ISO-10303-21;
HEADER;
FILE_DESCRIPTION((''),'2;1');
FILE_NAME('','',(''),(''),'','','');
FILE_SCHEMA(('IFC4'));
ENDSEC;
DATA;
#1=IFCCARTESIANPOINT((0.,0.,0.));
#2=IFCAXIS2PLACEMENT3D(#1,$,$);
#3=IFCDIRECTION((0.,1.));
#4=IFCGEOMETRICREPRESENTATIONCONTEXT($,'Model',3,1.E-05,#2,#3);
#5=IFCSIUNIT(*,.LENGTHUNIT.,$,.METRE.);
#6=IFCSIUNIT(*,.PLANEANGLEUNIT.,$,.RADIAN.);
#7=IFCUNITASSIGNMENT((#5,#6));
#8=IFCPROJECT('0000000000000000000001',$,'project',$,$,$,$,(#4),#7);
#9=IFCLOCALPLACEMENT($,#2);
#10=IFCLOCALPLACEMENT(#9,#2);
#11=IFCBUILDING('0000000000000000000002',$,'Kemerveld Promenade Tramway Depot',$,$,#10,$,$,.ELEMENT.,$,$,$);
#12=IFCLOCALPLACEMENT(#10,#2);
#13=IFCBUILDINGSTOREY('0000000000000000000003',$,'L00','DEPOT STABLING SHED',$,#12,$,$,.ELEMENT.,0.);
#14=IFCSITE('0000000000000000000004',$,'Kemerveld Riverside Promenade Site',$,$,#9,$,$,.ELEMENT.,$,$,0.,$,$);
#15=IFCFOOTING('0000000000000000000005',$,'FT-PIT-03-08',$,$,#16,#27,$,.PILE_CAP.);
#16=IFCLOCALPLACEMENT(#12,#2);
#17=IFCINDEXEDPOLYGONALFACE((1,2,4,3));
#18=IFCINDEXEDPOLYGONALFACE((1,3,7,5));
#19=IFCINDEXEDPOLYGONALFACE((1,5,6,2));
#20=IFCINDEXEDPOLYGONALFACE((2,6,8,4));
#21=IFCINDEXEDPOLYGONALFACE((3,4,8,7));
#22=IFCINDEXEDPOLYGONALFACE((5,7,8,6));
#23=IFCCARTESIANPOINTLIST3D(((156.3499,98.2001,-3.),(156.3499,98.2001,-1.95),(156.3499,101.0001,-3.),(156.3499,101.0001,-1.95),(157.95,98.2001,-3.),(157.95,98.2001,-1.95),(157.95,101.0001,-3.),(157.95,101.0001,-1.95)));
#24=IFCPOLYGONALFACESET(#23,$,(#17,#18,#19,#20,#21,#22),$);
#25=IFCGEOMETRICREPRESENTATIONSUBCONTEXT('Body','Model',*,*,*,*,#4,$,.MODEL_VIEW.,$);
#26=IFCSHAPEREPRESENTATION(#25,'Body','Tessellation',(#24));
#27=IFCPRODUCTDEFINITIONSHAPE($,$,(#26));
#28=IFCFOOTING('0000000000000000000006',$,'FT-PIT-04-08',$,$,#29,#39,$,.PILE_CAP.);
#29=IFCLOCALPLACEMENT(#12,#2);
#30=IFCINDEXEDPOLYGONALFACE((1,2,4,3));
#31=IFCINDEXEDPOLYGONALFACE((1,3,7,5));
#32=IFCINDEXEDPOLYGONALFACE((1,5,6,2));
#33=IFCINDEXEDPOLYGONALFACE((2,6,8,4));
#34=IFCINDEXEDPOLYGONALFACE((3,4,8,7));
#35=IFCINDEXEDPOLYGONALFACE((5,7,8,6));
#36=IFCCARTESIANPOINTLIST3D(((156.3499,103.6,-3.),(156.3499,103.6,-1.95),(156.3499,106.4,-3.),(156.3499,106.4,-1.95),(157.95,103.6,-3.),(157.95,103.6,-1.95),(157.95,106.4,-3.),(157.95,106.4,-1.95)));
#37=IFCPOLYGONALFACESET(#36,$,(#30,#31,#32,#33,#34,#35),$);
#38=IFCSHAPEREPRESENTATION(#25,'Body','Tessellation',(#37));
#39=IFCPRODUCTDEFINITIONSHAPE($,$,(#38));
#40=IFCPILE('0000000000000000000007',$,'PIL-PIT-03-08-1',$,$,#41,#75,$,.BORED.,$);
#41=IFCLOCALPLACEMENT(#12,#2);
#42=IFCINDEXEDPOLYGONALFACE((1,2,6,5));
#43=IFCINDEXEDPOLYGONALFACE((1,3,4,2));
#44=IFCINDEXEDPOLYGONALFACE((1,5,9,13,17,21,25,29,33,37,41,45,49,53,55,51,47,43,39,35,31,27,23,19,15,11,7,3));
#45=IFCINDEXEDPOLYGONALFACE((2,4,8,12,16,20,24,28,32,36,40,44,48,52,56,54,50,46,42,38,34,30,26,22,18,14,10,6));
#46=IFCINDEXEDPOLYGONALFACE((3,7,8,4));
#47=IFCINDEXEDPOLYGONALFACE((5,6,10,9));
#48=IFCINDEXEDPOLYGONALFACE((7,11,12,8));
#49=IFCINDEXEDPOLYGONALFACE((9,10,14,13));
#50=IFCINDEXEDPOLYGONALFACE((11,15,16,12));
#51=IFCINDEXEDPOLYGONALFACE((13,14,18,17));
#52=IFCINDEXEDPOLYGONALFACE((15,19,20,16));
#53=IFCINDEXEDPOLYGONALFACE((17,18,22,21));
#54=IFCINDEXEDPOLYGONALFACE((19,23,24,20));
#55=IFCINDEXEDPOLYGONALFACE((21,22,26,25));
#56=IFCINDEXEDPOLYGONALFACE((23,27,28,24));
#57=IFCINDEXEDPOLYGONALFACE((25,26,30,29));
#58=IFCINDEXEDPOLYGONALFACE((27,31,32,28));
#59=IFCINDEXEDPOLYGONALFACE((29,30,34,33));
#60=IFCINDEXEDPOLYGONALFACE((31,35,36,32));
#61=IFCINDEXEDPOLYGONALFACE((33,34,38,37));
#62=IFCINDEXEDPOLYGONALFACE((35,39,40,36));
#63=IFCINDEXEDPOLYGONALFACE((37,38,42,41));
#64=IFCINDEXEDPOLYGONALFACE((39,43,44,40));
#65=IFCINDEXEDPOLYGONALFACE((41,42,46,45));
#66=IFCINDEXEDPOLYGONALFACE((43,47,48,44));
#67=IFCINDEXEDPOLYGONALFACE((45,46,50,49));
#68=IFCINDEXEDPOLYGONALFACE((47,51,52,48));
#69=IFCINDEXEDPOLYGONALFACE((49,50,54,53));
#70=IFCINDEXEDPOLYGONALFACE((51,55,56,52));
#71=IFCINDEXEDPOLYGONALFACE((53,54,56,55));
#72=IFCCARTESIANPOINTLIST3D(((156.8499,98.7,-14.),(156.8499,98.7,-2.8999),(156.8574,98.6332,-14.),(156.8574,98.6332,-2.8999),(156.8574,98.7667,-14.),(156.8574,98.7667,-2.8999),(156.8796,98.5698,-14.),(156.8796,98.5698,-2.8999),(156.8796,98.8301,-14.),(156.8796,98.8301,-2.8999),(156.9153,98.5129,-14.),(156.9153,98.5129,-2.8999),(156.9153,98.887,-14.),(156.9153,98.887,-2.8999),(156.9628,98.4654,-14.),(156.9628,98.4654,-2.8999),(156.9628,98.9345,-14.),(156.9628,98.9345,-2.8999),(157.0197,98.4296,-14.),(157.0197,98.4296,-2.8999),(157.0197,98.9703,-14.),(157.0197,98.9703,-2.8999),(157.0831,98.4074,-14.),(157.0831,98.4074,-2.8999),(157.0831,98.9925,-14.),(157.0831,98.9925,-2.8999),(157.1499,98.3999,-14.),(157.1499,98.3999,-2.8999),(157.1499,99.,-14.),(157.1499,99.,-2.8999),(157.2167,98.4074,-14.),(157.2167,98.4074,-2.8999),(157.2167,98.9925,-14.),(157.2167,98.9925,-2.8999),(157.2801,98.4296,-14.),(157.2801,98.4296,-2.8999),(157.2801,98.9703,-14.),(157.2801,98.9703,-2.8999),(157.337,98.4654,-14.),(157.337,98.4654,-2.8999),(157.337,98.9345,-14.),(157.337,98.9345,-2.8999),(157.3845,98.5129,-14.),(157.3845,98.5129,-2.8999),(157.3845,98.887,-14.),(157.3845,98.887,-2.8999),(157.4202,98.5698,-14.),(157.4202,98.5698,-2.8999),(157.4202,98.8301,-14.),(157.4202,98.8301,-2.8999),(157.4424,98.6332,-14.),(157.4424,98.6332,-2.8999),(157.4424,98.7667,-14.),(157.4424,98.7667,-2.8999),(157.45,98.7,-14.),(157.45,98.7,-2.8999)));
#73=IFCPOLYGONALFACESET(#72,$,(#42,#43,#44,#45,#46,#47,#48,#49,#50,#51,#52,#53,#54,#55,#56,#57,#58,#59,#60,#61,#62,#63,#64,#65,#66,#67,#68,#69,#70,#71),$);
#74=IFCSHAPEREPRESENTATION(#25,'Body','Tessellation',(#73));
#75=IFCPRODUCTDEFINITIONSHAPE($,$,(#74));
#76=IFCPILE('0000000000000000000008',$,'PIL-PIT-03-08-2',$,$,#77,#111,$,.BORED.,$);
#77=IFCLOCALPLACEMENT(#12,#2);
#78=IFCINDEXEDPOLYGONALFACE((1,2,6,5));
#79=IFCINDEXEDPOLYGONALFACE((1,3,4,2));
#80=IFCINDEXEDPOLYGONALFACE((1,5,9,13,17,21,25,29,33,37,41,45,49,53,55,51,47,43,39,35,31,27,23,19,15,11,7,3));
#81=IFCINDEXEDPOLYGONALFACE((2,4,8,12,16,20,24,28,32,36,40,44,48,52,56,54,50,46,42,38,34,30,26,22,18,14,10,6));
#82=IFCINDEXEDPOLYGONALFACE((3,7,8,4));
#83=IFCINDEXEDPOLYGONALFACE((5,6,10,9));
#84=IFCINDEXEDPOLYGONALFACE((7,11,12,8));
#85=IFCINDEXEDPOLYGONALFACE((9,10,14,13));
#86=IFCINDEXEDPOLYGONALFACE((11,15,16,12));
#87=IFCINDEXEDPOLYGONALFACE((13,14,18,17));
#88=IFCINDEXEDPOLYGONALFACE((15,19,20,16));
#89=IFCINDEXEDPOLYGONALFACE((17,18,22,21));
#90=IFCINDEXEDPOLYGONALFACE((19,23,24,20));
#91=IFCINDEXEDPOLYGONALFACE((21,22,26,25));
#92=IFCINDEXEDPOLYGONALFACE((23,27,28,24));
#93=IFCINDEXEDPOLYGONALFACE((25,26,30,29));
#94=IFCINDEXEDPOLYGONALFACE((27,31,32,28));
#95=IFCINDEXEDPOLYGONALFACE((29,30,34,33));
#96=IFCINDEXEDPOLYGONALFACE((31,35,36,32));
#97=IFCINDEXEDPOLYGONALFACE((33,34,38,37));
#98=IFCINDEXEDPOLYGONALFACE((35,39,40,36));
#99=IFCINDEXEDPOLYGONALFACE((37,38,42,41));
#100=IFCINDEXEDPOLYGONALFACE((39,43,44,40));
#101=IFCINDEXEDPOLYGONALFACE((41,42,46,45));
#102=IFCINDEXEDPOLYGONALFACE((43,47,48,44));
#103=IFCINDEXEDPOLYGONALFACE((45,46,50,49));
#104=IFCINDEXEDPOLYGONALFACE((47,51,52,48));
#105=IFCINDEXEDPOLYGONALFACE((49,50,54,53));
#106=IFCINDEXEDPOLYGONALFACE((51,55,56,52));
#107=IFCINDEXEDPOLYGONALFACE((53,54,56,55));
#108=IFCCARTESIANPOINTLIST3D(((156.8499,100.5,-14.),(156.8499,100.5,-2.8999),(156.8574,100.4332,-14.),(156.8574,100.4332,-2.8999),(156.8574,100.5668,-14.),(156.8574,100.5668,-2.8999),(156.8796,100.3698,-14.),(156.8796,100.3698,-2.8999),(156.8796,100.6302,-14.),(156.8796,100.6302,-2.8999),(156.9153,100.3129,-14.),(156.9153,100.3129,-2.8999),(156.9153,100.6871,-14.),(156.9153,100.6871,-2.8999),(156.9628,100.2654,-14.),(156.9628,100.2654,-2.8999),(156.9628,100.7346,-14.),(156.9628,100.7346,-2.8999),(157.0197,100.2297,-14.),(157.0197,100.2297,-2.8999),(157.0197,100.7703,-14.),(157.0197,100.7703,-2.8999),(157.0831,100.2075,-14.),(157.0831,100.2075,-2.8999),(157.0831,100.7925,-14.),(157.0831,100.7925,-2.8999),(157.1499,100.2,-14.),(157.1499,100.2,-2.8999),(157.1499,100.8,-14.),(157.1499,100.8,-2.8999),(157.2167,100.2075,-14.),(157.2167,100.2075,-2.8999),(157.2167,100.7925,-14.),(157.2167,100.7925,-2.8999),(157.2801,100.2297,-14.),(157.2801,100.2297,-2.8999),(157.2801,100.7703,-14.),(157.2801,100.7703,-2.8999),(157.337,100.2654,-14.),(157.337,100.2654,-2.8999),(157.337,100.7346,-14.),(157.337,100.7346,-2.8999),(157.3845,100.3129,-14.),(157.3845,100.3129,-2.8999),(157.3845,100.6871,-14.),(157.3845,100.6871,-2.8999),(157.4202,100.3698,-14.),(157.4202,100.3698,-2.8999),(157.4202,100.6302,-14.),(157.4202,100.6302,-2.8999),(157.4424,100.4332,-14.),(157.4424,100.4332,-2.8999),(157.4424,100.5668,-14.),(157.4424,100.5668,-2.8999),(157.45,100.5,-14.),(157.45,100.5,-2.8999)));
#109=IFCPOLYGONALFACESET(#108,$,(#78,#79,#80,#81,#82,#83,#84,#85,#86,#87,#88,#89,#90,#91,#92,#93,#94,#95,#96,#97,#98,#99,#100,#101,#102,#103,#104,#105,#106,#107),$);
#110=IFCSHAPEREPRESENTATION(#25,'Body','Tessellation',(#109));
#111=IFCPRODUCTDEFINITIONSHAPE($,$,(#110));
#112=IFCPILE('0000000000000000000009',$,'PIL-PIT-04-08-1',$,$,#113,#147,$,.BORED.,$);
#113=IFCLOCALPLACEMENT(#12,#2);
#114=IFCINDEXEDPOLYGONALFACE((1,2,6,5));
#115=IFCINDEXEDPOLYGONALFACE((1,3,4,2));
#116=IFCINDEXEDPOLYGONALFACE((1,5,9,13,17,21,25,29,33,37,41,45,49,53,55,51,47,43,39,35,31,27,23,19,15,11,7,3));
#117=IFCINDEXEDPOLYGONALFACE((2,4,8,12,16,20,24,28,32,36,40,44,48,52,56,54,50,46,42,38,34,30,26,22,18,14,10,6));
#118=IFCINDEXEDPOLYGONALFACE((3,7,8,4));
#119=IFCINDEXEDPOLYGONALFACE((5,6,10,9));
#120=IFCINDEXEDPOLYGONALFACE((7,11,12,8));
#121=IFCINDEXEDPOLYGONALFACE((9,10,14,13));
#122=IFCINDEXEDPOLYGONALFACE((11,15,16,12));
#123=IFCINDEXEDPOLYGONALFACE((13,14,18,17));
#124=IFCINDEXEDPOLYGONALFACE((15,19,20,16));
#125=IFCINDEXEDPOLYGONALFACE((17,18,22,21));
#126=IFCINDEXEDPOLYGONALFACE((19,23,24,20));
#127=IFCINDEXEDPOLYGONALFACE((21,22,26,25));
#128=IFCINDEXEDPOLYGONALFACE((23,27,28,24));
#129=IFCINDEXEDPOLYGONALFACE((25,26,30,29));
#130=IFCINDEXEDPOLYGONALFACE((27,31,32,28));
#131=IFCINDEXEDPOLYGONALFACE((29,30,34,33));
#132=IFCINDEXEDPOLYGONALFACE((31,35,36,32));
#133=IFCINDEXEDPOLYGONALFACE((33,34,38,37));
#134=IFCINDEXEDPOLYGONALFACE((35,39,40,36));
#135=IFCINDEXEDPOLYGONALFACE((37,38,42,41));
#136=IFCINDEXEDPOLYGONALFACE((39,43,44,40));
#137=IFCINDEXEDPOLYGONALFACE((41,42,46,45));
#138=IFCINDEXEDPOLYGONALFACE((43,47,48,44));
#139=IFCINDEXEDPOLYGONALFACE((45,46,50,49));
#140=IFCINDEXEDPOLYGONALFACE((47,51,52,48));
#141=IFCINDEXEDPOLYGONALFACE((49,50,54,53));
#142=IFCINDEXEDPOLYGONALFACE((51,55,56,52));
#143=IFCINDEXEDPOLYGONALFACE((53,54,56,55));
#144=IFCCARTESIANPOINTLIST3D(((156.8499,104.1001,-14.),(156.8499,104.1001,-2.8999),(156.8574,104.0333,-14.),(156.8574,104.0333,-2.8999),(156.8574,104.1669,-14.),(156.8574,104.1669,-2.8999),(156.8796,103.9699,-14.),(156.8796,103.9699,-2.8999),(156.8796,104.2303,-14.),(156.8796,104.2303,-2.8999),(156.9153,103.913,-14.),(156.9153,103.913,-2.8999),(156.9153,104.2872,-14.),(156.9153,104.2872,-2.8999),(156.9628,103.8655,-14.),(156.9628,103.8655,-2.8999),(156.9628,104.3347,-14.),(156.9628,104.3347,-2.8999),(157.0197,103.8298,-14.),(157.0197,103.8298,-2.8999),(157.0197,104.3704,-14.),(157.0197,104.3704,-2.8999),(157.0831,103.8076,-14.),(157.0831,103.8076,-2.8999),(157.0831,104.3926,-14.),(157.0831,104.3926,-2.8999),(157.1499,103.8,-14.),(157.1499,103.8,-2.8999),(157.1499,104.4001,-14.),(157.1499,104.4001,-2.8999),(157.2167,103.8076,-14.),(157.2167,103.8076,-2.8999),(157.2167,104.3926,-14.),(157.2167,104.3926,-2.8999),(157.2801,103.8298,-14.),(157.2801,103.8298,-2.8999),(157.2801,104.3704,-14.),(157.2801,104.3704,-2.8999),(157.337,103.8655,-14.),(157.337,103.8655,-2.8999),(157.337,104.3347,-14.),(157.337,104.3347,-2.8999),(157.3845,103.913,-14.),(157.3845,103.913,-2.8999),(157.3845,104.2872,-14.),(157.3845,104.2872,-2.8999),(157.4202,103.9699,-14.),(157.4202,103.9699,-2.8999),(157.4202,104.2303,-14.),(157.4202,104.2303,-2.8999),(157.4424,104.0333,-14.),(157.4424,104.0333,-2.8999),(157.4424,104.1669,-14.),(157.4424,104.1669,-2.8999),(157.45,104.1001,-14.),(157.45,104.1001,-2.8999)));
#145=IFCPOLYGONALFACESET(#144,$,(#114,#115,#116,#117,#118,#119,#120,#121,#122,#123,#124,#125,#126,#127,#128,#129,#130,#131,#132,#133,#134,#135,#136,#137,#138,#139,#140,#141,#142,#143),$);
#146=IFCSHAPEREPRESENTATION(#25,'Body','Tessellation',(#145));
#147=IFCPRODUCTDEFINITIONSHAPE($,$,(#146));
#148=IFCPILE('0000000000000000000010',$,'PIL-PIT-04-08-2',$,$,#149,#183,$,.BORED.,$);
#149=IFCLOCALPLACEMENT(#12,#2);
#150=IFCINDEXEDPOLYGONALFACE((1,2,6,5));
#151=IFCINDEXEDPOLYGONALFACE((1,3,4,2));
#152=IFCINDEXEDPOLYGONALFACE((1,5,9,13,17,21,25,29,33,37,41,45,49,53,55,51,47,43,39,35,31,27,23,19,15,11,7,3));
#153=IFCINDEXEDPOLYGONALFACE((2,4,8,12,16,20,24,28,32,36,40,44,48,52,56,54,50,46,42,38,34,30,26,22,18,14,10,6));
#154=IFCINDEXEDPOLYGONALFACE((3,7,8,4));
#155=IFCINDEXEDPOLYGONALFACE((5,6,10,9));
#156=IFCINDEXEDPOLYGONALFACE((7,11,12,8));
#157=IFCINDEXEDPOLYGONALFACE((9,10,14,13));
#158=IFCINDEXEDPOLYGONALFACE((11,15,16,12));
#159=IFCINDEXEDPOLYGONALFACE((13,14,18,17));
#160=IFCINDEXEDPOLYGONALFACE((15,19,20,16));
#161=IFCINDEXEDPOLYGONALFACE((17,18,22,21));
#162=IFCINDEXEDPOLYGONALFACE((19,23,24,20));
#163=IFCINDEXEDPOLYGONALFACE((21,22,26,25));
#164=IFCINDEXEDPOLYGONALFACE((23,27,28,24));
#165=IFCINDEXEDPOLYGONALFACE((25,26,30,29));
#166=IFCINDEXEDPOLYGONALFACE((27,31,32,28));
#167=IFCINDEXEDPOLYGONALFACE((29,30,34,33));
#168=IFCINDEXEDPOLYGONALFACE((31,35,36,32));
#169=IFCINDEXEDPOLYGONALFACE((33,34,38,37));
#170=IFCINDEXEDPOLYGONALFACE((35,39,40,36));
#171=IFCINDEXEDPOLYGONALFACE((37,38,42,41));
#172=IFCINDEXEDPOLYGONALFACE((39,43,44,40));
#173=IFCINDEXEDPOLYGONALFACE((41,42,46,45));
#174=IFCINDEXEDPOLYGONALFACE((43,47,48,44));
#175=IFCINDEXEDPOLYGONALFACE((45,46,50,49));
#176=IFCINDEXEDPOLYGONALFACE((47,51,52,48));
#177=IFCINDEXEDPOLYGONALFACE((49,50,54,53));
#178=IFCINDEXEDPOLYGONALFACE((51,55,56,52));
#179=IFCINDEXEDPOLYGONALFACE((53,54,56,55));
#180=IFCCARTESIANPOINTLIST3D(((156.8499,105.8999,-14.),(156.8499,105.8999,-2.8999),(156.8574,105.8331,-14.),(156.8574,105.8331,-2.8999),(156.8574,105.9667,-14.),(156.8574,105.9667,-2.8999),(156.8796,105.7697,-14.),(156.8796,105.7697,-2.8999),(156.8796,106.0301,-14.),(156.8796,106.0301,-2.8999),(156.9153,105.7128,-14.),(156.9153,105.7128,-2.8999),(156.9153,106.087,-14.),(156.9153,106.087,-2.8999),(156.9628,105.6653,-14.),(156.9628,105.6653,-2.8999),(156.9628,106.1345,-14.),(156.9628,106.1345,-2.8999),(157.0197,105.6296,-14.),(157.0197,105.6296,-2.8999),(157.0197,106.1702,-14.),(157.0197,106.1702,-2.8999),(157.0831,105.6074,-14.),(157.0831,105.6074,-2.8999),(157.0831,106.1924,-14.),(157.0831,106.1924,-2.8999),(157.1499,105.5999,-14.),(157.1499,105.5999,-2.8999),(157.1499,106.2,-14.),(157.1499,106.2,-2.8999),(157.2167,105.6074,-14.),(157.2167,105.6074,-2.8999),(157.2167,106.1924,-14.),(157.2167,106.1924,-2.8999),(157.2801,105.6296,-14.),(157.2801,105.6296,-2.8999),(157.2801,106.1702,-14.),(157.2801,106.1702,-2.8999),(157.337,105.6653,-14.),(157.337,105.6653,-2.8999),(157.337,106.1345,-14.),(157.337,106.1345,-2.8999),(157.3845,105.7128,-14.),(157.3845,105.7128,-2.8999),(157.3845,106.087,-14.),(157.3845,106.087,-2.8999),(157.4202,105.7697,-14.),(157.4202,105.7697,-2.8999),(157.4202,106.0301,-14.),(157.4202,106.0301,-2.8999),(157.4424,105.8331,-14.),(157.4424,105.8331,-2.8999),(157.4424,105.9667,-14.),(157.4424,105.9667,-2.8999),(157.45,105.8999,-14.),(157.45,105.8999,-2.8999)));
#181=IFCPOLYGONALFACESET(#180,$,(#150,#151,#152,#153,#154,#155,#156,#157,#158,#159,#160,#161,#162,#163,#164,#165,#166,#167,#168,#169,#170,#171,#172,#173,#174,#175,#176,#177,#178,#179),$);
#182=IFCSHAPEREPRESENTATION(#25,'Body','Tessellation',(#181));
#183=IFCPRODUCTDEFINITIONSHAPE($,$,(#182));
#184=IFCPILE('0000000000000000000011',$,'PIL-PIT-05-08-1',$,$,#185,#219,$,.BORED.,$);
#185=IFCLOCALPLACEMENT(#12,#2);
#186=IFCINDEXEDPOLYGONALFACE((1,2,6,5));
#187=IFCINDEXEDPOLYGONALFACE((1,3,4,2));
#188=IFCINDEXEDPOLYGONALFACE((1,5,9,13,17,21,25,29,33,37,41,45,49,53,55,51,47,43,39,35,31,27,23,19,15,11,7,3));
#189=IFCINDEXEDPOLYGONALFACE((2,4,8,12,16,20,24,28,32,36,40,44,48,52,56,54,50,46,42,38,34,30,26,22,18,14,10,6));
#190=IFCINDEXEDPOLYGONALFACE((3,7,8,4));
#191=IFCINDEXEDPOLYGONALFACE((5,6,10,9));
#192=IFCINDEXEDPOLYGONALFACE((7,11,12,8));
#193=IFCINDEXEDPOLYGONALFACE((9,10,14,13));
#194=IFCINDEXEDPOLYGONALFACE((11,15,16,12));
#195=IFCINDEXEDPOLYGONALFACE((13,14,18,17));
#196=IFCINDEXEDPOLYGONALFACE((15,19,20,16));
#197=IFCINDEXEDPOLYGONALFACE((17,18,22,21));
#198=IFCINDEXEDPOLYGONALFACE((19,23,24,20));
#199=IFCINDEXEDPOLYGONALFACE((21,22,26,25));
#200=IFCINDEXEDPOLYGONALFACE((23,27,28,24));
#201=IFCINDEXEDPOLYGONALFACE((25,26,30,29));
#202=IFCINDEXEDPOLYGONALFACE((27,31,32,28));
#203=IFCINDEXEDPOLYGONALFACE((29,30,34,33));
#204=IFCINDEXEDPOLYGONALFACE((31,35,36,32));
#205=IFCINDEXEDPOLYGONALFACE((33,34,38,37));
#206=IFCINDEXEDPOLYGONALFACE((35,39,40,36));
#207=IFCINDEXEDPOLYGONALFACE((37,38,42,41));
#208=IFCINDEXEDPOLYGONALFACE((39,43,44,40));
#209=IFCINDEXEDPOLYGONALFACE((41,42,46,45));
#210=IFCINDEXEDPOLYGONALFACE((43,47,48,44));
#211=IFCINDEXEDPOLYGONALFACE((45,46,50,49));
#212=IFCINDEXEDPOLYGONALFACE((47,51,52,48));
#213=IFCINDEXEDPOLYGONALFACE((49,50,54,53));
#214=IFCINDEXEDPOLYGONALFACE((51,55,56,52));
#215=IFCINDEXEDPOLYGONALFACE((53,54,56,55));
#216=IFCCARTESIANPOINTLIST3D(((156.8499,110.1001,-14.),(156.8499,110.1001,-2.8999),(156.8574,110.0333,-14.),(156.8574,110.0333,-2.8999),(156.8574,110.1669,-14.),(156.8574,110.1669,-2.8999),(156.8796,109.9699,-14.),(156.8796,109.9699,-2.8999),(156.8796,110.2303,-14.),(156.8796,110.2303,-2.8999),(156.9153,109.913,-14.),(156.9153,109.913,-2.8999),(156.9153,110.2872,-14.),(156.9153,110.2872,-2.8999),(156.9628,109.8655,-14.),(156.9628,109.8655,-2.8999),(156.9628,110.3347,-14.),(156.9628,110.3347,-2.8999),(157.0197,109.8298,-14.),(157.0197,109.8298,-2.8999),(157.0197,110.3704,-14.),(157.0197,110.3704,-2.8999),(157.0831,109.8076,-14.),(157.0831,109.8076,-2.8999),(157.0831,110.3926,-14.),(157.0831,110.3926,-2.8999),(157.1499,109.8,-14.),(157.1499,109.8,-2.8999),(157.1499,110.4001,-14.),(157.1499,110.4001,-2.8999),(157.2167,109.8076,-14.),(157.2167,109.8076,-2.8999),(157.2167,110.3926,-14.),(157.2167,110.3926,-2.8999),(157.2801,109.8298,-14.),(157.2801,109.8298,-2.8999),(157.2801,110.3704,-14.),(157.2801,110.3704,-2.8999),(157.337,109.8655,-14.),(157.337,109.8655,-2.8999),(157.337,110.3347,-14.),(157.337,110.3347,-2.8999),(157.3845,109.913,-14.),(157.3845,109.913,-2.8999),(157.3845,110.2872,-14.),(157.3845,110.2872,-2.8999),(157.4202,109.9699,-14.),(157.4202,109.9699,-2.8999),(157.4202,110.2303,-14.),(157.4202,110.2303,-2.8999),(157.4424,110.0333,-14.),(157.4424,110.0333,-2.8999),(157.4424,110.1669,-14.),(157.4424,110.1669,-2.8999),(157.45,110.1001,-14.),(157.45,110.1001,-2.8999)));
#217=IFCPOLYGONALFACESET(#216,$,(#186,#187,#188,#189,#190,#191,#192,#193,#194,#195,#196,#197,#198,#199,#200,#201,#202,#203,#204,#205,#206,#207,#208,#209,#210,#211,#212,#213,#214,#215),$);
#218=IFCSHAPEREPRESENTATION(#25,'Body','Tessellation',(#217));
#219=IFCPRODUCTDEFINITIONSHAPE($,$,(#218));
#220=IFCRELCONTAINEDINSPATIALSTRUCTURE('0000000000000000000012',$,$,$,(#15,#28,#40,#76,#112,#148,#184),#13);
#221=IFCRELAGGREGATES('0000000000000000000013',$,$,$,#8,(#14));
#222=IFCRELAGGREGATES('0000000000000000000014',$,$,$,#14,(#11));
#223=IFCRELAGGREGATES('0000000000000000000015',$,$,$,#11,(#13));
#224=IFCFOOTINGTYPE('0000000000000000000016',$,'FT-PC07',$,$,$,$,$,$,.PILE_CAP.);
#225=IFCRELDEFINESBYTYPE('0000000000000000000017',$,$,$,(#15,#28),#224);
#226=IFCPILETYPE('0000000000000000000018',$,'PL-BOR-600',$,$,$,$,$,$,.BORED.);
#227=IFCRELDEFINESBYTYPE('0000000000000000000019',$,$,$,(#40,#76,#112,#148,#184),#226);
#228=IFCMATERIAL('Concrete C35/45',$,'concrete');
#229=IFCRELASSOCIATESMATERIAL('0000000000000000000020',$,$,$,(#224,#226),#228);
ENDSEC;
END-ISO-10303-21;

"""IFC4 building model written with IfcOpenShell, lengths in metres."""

from ifc_helpers import new_model, si_unit, direction, frame, origin, origin_2d, place, context, subcontext, project, spatial, rectangle, circle, extrude, material, material_profile, profile_set, type_object, element, save


model = new_model("IFC4")

# Units and contexts
model_context = context("Model", 3, precision=1e-05, world=origin(), true_north=direction((0.0, 1.0)))
body_context = subcontext(model_context, "Body", "Model", "MODEL_VIEW")
ifc_project = project(units=[si_unit("LENGTHUNIT", "METRE"), si_unit("PLANEANGLEUNIT", "RADIAN")], contexts=[model_context])

# Site, building, storey
site_placement = place(None, origin())
site = spatial("IfcSite", under=ifc_project, at=site_placement, Name="Kemerveld Riverside Promenade Site", CompositionType="ELEMENT", RefElevation=0.0)
building_placement = place(site_placement, origin())
building = spatial("IfcBuilding", under=site, at=building_placement, Name="Kemerveld Promenade Tramway Depot", CompositionType="ELEMENT")
storey_placement = place(building_placement, origin())
storey = spatial("IfcBuildingStorey", under=building, at=storey_placement, Name="L00", Description="DEPOT STABLING SHED", CompositionType="ELEMENT", Elevation=0.0)

# Footings
ifc_material_1 = material(Name="Concrete C35/45", Category="concrete")
footing_type = type_object("IfcFootingType", Name="FT-PC07", PredefinedType="PILE_CAP", material=ifc_material_1)
for number, where, z_axis, x_axis, name in (
    (1, (157.1499, 99.6001, -3.0), (0.0, 0.0, 1.0), (1.0, 0.0, 0.0), "FT-PIT-03-08"),
    (2, (157.1499, 105.0, -3.0), (0.0, 0.0, 1.0), (1.0, 0.0, 0.0), "FT-PIT-04-08"),
):
    element("IfcFooting", number, at=place(storey_placement, frame(where, z_axis=z_axis, x_axis=x_axis)), inside=storey, type_object=footing_type, Name=name, PredefinedType="PILE_CAP", context=body_context, shape_type="SweptSolid", body=[
        extrude(rectangle(XDim=1.6001, YDim=2.8, at=origin_2d()), origin(), (0.0, 0.0, 1.0), 1.05),
    ])

# Piles
ifc_material_profile_1 = material_profile(ifc_material_1, circle(Radius=0.3, at=origin_2d()), Name="PILE-D600")
ifc_profile_set_1 = profile_set([ifc_material_profile_1], Name="Concrete C35/45")
pile_type = type_object("IfcPileType", Name="PL-BOR-600", PredefinedType="BORED", material=ifc_profile_set_1)
for number, where, z_axis, x_axis, name in (
    (3, (157.1499, 98.7, -2.8999), (0.0, 0.0, -1.0), (1.0, 0.0, 0.0), "PIL-PIT-03-08-1"),
    (4, (157.1499, 100.5, -2.8999), (0.0, 0.0, -1.0), (1.0, 0.0, 0.0), "PIL-PIT-03-08-2"),
    (5, (157.1499, 104.1001, -2.8999), (0.0, 0.0, -1.0), (1.0, 0.0, 0.0), "PIL-PIT-04-08-1"),
    (6, (157.1499, 105.8999, -2.8999), (0.0, 0.0, -1.0), (1.0, 0.0, 0.0), "PIL-PIT-04-08-2"),
    (7, (157.1499, 110.1001, -2.8999), (0.0, 0.0, -1.0), (1.0, 0.0, 0.0), "PIL-PIT-05-08-1"),
):
    element("IfcPile", number, at=place(storey_placement, frame(where, z_axis=z_axis, x_axis=x_axis)), inside=storey, type_object=pile_type, Name=name, PredefinedType="BORED", context=body_context, shape_type="SweptSolid", body=[
        extrude(circle(Radius=0.3, at=origin_2d()), origin(), (0.0, 0.0, 1.0), 11.1001),
    ])

save(model, "model.ifc")
